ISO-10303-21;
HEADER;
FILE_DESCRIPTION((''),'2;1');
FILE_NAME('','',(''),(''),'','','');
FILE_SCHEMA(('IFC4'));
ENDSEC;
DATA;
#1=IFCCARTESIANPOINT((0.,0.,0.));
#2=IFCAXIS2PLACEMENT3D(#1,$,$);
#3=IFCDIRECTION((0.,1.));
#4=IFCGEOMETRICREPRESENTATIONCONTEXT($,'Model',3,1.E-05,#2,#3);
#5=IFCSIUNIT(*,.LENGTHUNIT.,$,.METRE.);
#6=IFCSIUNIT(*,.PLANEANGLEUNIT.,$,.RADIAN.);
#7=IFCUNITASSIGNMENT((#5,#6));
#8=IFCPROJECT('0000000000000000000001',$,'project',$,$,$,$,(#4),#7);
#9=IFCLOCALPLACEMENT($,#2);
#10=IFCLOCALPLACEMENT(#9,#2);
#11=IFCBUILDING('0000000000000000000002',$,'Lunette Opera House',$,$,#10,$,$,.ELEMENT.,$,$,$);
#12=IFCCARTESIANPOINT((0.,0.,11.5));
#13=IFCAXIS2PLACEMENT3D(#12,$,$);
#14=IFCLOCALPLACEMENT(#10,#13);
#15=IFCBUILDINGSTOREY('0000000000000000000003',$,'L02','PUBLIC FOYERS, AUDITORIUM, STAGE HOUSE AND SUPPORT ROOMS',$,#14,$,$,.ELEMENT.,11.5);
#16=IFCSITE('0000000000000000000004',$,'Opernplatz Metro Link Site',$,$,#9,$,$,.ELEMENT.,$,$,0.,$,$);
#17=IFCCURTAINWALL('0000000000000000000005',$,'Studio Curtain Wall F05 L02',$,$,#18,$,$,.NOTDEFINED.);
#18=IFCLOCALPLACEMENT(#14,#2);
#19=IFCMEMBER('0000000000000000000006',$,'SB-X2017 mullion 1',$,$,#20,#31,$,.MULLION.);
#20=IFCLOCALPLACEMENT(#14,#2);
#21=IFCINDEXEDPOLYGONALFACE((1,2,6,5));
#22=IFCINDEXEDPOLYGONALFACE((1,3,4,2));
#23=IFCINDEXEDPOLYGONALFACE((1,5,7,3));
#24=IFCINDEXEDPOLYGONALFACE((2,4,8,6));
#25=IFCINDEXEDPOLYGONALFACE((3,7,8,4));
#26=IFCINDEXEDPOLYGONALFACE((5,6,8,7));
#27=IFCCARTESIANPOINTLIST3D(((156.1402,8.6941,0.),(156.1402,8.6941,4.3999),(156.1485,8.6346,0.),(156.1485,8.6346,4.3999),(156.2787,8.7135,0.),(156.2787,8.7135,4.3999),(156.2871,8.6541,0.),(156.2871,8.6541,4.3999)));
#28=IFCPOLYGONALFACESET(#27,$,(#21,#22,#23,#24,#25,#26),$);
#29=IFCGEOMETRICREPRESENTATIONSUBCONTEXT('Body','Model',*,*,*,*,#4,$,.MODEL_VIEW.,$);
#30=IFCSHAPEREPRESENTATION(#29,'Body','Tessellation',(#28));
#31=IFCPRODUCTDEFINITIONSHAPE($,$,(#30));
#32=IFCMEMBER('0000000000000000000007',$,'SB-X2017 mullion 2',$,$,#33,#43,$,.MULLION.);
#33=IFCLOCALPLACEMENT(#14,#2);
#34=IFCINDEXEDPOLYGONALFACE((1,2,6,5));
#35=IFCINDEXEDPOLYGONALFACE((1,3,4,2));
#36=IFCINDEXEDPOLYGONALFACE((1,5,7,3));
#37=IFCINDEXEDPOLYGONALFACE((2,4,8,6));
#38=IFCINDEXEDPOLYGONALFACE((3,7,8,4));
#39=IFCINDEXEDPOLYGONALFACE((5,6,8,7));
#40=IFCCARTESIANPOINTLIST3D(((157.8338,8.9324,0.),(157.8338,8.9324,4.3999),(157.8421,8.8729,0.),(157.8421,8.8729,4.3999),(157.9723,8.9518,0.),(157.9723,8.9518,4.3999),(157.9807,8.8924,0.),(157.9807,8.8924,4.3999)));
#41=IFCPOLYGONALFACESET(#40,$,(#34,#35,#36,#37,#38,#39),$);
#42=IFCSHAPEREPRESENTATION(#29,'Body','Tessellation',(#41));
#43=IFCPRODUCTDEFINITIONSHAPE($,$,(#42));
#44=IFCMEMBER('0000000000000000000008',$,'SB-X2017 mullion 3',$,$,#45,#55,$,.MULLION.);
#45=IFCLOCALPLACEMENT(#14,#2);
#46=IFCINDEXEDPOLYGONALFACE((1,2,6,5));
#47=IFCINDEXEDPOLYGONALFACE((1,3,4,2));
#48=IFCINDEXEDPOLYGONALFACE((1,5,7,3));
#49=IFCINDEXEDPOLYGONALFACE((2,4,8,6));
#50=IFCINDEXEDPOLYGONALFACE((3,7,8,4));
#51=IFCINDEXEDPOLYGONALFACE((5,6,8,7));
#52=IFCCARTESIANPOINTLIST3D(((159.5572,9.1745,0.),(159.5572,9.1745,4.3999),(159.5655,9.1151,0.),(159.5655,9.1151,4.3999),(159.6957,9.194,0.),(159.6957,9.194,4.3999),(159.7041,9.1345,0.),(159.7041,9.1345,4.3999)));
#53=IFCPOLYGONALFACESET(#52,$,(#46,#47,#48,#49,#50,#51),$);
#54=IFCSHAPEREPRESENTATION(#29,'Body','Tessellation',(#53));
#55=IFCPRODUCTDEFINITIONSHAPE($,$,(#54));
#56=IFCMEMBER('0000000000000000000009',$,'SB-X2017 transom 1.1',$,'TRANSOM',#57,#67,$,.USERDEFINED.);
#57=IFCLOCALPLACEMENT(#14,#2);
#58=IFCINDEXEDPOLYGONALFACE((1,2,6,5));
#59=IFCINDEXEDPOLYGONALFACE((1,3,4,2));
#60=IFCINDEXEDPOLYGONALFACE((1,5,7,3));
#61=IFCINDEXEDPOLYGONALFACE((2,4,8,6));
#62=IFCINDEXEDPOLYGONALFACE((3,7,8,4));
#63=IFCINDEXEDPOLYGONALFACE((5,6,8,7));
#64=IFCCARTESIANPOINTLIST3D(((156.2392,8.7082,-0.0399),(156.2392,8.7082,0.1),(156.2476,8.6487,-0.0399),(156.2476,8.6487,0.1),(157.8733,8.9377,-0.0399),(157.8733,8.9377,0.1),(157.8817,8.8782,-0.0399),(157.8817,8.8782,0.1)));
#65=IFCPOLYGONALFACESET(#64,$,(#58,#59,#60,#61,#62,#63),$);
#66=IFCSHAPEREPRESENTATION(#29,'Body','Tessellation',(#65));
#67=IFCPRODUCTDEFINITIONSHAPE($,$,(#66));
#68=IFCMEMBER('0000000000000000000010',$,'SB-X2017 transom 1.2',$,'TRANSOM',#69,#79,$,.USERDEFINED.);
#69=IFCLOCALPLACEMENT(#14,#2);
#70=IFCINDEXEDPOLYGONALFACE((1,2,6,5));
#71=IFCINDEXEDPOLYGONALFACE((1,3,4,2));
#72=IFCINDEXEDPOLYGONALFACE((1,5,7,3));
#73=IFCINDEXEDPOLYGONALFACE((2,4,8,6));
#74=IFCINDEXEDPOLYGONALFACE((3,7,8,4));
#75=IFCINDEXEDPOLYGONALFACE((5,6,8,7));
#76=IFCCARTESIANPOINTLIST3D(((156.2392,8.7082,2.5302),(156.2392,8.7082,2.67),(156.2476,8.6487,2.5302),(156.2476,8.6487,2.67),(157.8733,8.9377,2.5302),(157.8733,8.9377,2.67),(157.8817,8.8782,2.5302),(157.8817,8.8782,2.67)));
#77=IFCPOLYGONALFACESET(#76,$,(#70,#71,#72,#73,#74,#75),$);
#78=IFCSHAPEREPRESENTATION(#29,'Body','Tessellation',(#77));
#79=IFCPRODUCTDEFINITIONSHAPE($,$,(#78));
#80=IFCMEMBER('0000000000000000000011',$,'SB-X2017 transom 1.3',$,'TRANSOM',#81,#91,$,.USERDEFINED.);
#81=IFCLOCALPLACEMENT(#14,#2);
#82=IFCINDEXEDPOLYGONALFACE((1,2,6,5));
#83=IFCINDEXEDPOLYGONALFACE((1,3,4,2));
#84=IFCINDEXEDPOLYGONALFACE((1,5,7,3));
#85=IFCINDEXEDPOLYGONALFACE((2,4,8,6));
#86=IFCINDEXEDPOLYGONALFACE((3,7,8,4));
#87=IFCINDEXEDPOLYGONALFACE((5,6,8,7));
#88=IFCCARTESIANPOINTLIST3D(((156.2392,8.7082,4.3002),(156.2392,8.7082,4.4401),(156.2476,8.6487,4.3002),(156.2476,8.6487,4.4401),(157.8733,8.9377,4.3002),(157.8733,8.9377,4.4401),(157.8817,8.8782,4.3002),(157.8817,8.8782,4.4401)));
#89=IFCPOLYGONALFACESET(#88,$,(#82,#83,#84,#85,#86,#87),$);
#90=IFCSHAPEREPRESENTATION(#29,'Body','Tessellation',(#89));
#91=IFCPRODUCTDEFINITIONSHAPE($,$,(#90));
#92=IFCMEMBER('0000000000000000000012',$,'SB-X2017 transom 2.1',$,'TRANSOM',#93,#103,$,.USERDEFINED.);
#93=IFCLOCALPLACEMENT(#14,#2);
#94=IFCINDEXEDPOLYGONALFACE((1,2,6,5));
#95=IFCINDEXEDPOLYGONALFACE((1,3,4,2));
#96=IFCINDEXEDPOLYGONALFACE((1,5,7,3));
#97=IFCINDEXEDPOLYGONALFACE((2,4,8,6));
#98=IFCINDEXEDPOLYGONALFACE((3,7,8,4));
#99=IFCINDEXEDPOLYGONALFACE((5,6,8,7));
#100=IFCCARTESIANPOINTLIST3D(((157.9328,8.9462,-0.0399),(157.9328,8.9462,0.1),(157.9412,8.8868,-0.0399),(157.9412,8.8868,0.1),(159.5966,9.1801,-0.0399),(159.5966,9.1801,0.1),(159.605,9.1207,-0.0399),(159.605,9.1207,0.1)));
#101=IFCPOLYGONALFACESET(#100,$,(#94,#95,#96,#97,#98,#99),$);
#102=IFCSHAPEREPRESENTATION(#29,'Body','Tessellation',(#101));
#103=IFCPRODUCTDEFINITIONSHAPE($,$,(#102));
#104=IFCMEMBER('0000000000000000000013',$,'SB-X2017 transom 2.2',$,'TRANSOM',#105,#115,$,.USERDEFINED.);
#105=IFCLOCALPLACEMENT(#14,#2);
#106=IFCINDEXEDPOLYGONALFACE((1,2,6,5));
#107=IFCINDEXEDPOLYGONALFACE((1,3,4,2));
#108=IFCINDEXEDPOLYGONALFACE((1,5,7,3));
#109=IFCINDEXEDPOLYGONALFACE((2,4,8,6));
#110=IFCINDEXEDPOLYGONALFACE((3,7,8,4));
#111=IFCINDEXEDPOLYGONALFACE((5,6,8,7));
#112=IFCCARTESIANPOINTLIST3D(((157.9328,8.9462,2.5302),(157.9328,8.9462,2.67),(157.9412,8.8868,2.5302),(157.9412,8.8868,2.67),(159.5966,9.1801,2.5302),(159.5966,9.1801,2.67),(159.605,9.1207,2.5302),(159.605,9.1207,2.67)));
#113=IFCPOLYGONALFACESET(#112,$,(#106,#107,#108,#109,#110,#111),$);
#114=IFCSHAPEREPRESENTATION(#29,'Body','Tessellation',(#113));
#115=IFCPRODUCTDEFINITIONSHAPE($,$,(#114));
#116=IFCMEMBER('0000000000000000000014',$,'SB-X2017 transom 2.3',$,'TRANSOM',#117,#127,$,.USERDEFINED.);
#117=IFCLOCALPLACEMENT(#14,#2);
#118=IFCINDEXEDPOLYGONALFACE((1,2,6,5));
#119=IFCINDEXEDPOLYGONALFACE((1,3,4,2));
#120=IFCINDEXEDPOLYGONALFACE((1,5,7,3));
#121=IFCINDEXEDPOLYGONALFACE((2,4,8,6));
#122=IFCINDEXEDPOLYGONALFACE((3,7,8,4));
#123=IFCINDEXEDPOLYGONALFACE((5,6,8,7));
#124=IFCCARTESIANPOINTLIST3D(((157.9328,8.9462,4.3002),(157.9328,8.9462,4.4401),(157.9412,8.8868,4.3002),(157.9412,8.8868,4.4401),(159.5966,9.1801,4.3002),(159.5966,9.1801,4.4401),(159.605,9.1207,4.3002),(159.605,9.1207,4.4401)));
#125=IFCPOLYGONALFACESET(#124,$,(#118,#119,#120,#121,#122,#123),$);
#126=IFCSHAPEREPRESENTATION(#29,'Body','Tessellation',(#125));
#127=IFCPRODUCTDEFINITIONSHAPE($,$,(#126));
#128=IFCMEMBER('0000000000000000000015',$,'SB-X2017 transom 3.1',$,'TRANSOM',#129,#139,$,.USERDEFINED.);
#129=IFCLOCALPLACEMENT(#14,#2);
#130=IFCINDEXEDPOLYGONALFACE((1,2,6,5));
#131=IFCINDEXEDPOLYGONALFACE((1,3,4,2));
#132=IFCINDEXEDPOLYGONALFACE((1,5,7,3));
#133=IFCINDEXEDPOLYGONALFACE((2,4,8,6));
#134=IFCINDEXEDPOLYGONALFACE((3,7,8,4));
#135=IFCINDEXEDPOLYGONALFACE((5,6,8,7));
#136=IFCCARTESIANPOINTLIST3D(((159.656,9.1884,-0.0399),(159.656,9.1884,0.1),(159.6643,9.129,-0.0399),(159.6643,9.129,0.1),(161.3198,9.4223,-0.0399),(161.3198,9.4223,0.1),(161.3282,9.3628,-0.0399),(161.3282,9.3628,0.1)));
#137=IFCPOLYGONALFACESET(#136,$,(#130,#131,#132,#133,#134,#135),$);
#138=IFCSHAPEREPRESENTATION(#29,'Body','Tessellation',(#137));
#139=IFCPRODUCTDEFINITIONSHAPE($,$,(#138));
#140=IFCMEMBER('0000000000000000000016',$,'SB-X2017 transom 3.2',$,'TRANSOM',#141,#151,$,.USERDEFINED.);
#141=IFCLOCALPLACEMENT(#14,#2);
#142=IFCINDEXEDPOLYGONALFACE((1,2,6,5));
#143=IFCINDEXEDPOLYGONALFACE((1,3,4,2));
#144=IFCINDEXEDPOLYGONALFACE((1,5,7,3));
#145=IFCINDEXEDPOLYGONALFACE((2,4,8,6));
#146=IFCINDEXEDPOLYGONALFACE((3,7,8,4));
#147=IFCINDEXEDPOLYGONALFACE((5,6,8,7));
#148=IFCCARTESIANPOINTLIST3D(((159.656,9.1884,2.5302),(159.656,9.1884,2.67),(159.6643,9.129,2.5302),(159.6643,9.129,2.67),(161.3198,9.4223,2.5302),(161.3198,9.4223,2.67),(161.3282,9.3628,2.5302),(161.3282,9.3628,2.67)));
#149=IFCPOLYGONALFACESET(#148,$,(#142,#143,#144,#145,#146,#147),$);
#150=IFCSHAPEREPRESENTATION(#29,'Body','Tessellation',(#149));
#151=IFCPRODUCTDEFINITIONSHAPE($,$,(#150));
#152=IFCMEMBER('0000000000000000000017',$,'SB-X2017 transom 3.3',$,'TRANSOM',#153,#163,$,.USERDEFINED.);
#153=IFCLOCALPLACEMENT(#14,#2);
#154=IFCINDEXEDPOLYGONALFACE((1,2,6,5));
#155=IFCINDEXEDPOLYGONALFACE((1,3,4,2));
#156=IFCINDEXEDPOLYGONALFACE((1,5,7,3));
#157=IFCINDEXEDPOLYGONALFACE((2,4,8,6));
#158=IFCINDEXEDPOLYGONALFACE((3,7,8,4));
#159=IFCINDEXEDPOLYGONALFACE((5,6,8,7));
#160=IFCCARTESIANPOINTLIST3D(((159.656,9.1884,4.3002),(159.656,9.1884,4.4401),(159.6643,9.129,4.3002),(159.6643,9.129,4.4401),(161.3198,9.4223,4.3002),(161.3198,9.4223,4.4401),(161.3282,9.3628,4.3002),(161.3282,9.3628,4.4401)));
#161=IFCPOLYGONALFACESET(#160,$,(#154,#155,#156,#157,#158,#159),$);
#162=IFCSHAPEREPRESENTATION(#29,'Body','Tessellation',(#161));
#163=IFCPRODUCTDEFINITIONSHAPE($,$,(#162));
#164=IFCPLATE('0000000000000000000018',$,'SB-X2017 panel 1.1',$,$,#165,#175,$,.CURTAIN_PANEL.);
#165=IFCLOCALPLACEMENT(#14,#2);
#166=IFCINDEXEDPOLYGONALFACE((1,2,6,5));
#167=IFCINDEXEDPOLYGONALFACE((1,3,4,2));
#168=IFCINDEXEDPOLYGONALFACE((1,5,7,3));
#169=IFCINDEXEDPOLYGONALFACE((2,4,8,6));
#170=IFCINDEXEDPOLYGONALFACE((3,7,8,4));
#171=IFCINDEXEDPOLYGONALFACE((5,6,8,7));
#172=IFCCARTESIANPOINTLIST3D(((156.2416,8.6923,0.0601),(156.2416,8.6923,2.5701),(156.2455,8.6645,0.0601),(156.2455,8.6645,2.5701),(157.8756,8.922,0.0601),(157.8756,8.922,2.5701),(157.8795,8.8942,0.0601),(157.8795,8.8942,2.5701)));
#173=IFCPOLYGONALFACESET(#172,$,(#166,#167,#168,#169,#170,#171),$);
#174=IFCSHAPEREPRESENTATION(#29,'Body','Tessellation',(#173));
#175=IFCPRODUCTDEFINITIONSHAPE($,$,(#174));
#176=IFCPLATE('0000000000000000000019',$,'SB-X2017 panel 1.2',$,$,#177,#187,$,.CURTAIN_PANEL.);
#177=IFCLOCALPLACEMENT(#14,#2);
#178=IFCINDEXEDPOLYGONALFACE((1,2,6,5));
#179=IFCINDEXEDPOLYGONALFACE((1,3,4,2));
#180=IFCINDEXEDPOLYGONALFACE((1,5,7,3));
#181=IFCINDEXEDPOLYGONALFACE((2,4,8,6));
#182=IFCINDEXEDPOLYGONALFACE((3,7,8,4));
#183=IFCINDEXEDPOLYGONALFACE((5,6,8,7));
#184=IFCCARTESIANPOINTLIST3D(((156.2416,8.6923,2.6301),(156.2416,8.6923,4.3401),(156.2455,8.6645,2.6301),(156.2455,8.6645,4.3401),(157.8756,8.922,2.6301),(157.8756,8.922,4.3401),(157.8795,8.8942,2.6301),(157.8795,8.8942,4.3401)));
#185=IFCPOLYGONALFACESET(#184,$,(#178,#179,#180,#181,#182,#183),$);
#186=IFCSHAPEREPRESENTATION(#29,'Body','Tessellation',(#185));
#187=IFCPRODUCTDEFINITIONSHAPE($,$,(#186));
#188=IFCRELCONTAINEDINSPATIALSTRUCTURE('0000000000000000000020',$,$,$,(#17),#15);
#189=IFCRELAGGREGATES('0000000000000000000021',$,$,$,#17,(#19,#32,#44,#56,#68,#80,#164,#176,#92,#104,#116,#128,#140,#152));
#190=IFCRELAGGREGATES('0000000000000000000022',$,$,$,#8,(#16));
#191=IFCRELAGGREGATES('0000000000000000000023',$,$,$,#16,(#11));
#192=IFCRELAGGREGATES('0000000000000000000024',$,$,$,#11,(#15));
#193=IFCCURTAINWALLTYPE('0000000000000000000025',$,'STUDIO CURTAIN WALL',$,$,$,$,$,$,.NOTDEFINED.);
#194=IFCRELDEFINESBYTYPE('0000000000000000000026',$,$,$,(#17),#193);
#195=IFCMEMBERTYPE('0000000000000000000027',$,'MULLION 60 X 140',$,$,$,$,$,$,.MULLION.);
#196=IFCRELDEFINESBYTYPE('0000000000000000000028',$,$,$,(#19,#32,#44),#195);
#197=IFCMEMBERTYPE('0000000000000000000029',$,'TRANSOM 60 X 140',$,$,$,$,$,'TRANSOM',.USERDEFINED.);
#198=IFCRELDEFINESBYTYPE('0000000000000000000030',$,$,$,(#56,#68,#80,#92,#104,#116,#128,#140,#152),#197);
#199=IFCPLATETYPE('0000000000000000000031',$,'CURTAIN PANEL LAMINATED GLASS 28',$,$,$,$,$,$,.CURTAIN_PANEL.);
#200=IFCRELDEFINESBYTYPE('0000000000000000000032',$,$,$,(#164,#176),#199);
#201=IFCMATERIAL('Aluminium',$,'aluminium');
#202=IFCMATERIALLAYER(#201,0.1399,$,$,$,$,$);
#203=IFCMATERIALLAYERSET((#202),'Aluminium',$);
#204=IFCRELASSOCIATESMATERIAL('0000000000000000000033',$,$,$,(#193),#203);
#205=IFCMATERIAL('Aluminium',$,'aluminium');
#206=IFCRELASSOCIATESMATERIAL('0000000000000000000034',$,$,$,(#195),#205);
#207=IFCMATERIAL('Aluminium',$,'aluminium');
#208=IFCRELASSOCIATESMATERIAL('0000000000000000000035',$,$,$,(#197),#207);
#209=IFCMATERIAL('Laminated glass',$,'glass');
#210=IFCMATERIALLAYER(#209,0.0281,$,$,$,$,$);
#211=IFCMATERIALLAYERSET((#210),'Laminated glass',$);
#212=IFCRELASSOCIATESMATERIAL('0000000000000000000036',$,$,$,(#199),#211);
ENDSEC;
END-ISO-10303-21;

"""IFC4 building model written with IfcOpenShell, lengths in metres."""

from ifc_helpers import new_model, si_unit, direction, frame, origin, origin_2d, place, context, subcontext, project, spatial, rectangle, extrude, material, layer, layer_set, material_profile, profile_set, type_object, element, aggregate, save


model = new_model("IFC4")

# Units and contexts
model_context = context("Model", 3, precision=1e-05, world=origin(), true_north=direction((0.0, 1.0)))
body_context = subcontext(model_context, "Body", "Model", "MODEL_VIEW")
ifc_project = project(units=[si_unit("LENGTHUNIT", "METRE"), si_unit("PLANEANGLEUNIT", "RADIAN")], contexts=[model_context])

# Site, building, storey
site_placement = place(None, origin())
site = spatial("IfcSite", under=ifc_project, at=site_placement, Name="Opernplatz Metro Link Site", CompositionType="ELEMENT", RefElevation=0.0)
building_placement = place(site_placement, origin())
building = spatial("IfcBuilding", under=site, at=building_placement, Name="Lunette Opera House", CompositionType="ELEMENT")
storey_placement = place(building_placement, frame((0.0, 0.0, 11.5)))
storey = spatial("IfcBuildingStorey", under=building, at=storey_placement, Name="L02", Description="PUBLIC FOYERS, AUDITORIUM, STAGE HOUSE AND SUPPORT ROOMS", CompositionType="ELEMENT", Elevation=11.5)

# Curtain wall, members, plates
ifc_material_1 = material(Name="Aluminium", Category="aluminium")
ifc_layer_1 = layer(ifc_material_1, 0.1399)
ifc_layer_set_1 = layer_set([ifc_layer_1], Name="Aluminium")
curtain_wall_type = type_object("IfcCurtainWallType", Name="STUDIO CURTAIN WALL", PredefinedType="NOTDEFINED", material=ifc_layer_set_1)
curtain_wall_placement = place(storey_placement, origin())
curtain_wall = element("IfcCurtainWall", 1, at=curtain_wall_placement, inside=storey, type_object=curtain_wall_type, Name="Studio Curtain Wall F05 L02", PredefinedType="NOTDEFINED")
ifc_material_2 = material(Name="Aluminium", Category="aluminium")
ifc_material_profile_1 = material_profile(ifc_material_2, rectangle(XDim=0.0601, YDim=0.1399, at=origin_2d()), Name="MULLION 60 X 140")
ifc_profile_set_1 = profile_set([ifc_material_profile_1], Name="Aluminium")
member_type_1 = type_object("IfcMemberType", Name="MULLION 60 X 140", PredefinedType="MULLION", material=ifc_profile_set_1)
member_1_placement = place(storey_placement, frame((156.2136, 8.6741, 0.0), z_axis=(0.0, 0.0, 1.0), x_axis=(-0.139209, 0.990263, 0.0)))
member_1 = element("IfcMember", 2, at=member_1_placement, type_object=member_type_1, Name="SB-X2017 mullion 1", PredefinedType="MULLION", context=body_context, shape_type="SweptSolid", body=[
    extrude(rectangle(XDim=0.0601, YDim=0.1399, at=origin_2d()), origin(), (0.0, 0.0, 1.0), 4.3999),
])
member_2_placement = place(storey_placement, frame((157.9072, 8.9124, 0.0), z_axis=(0.0, 0.0, 1.0), x_axis=(-0.139209, 0.990263, 0.0)))
member_2 = element("IfcMember", 3, at=member_2_placement, type_object=member_type_1, Name="SB-X2017 mullion 2", PredefinedType="MULLION", context=body_context, shape_type="SweptSolid", body=[
    extrude(rectangle(XDim=0.0601, YDim=0.1399, at=origin_2d()), origin(), (0.0, 0.0, 1.0), 4.3999),
])
member_3_placement = place(storey_placement, frame((159.6306, 9.1545, 0.0), z_axis=(0.0, 0.0, 1.0), x_axis=(-0.139209, 0.990263, 0.0)))
member_3 = element("IfcMember", 4, at=member_3_placement, type_object=member_type_1, Name="SB-X2017 mullion 3", PredefinedType="MULLION", context=body_context, shape_type="SweptSolid", body=[
    extrude(rectangle(XDim=0.0601, YDim=0.1399, at=origin_2d()), origin(), (0.0, 0.0, 1.0), 4.3999),
])
ifc_material_3 = material(Name="Aluminium", Category="aluminium")
ifc_material_profile_2 = material_profile(ifc_material_3, rectangle(XDim=0.0601, YDim=0.1399, at=origin_2d()), Name="TRANSOM 60 X 140")
ifc_profile_set_2 = profile_set([ifc_material_profile_2], Name="Aluminium")
member_type_2 = type_object("IfcMemberType", Name="TRANSOM 60 X 140", ElementType="TRANSOM", PredefinedType="USERDEFINED", material=ifc_profile_set_2)
member_4_placement = place(storey_placement, frame((156.2434, 8.6785, 0.03), z_axis=(0.990281, 0.13908, 0.0), x_axis=(-0.13908, 0.990281, 0.0)))
member_4 = element("IfcMember", 5, at=member_4_placement, type_object=member_type_2, Name="SB-X2017 transom 1.1", ObjectType="TRANSOM", PredefinedType="USERDEFINED", context=body_context, shape_type="SweptSolid", body=[
    extrude(rectangle(XDim=0.0601, YDim=0.1399, at=origin_2d()), origin(), (0.0, 0.0, 1.0), 1.6501),
])
member_5_placement = place(storey_placement, frame((156.2434, 8.6785, 2.6001), z_axis=(0.990281, 0.13908, 0.0), x_axis=(-0.13908, 0.990281, 0.0)))
member_5 = element("IfcMember", 6, at=member_5_placement, type_object=member_type_2, Name="SB-X2017 transom 1.2", ObjectType="TRANSOM", PredefinedType="USERDEFINED", context=body_context, shape_type="SweptSolid", body=[
    extrude(rectangle(XDim=0.0601, YDim=0.1399, at=origin_2d()), origin(), (0.0, 0.0, 1.0), 1.6501),
])
member_6_placement = place(storey_placement, frame((156.2434, 8.6785, 4.3701), z_axis=(0.990281, 0.13908, 0.0), x_axis=(-0.13908, 0.990281, 0.0)))
member_6 = element("IfcMember", 7, at=member_6_placement, type_object=member_type_2, Name="SB-X2017 transom 1.3", ObjectType="TRANSOM", PredefinedType="USERDEFINED", context=body_context, shape_type="SweptSolid", body=[
    extrude(rectangle(XDim=0.0601, YDim=0.1399, at=origin_2d()), origin(), (0.0, 0.0, 1.0), 1.6501),
])
member_7_placement = place(storey_placement, frame((157.937, 8.9165, 0.03), z_axis=(0.990264, 0.139204, 0.0), x_axis=(-0.139204, 0.990264, 0.0)))
member_7 = element("IfcMember", 8, at=member_7_placement, type_object=member_type_2, Name="SB-X2017 transom 2.1", ObjectType="TRANSOM", PredefinedType="USERDEFINED", context=body_context, shape_type="SweptSolid", body=[
    extrude(rectangle(XDim=0.0601, YDim=0.1399, at=origin_2d()), origin(), (0.0, 0.0, 1.0), 1.6802),
])
member_8_placement = place(storey_placement, frame((157.937, 8.9165, 2.6001), z_axis=(0.990264, 0.139204, 0.0), x_axis=(-0.139204, 0.990264, 0.0)))
member_8 = element("IfcMember", 9, at=member_8_placement, type_object=member_type_2, Name="SB-X2017 transom 2.2", ObjectType="TRANSOM", PredefinedType="USERDEFINED", context=body_context, shape_type="SweptSolid", body=[
    extrude(rectangle(XDim=0.0601, YDim=0.1399, at=origin_2d()), origin(), (0.0, 0.0, 1.0), 1.6802),
])
member_9_placement = place(storey_placement, frame((157.937, 8.9165, 4.3701), z_axis=(0.990264, 0.139204, 0.0), x_axis=(-0.139204, 0.990264, 0.0)))
member_9 = element("IfcMember", 10, at=member_9_placement, type_object=member_type_2, Name="SB-X2017 transom 2.3", ObjectType="TRANSOM", PredefinedType="USERDEFINED", context=body_context, shape_type="SweptSolid", body=[
    extrude(rectangle(XDim=0.0601, YDim=0.1399, at=origin_2d()), origin(), (0.0, 0.0, 1.0), 1.6802),
])
member_10_placement = place(storey_placement, frame((159.6602, 9.1587, 0.03), z_axis=(0.990264, 0.139204, 0.0), x_axis=(-0.139204, 0.990264, 0.0)))
member_10 = element("IfcMember", 11, at=member_10_placement, type_object=member_type_2, Name="SB-X2017 transom 3.1", ObjectType="TRANSOM", PredefinedType="USERDEFINED", context=body_context, shape_type="SweptSolid", body=[
    extrude(rectangle(XDim=0.0601, YDim=0.1399, at=origin_2d()), origin(), (0.0, 0.0, 1.0), 1.6802),
])
member_11_placement = place(storey_placement, frame((159.6602, 9.1587, 2.6001), z_axis=(0.990264, 0.139204, 0.0), x_axis=(-0.139204, 0.990264, 0.0)))
member_11 = element("IfcMember", 12, at=member_11_placement, type_object=member_type_2, Name="SB-X2017 transom 3.2", ObjectType="TRANSOM", PredefinedType="USERDEFINED", context=body_context, shape_type="SweptSolid", body=[
    extrude(rectangle(XDim=0.0601, YDim=0.1399, at=origin_2d()), origin(), (0.0, 0.0, 1.0), 1.6802),
])
member_12_placement = place(storey_placement, frame((159.6602, 9.1587, 4.3701), z_axis=(0.990264, 0.139204, 0.0), x_axis=(-0.139204, 0.990264, 0.0)))
member_12 = element("IfcMember", 13, at=member_12_placement, type_object=member_type_2, Name="SB-X2017 transom 3.3", ObjectType="TRANSOM", PredefinedType="USERDEFINED", context=body_context, shape_type="SweptSolid", body=[
    extrude(rectangle(XDim=0.0601, YDim=0.1399, at=origin_2d()), origin(), (0.0, 0.0, 1.0), 1.6802),
])
ifc_material_4 = material(Name="Laminated glass", Category="glass")
ifc_layer_2 = layer(ifc_material_4, 0.0281)
ifc_layer_set_2 = layer_set([ifc_layer_2], Name="Laminated glass")
plate_type = type_object("IfcPlateType", Name="CURTAIN PANEL LAMINATED GLASS 28", PredefinedType="CURTAIN_PANEL", material=ifc_layer_set_2)
plate_1_placement = place(storey_placement, frame((157.0605, 8.7932, 0.0601), z_axis=(0.0, 0.0, 1.0), x_axis=(0.990263, 0.139209, 0.0)))
plate_1 = element("IfcPlate", 14, at=plate_1_placement, type_object=plate_type, Name="SB-X2017 panel 1.1", PredefinedType="CURTAIN_PANEL", context=body_context, shape_type="SweptSolid", body=[
    extrude(rectangle(XDim=1.6501, YDim=0.0281, at=origin_2d()), origin(), (0.0, 0.0, 1.0), 2.51),
])
plate_2_placement = place(storey_placement, frame((157.0605, 8.7932, 2.6301), z_axis=(0.0, 0.0, 1.0), x_axis=(0.990263, 0.139209, 0.0)))
plate_2 = element("IfcPlate", 15, at=plate_2_placement, type_object=plate_type, Name="SB-X2017 panel 1.2", PredefinedType="CURTAIN_PANEL", context=body_context, shape_type="SweptSolid", body=[
    extrude(rectangle(XDim=1.6501, YDim=0.0281, at=origin_2d()), origin(), (0.0, 0.0, 1.0), 1.71),
])
aggregate(curtain_wall, [member_1, member_2, member_3, member_4, member_5, member_6, plate_1, plate_2, member_7, member_8, member_9, member_10, member_11, member_12])

save(model, "model.ifc")
